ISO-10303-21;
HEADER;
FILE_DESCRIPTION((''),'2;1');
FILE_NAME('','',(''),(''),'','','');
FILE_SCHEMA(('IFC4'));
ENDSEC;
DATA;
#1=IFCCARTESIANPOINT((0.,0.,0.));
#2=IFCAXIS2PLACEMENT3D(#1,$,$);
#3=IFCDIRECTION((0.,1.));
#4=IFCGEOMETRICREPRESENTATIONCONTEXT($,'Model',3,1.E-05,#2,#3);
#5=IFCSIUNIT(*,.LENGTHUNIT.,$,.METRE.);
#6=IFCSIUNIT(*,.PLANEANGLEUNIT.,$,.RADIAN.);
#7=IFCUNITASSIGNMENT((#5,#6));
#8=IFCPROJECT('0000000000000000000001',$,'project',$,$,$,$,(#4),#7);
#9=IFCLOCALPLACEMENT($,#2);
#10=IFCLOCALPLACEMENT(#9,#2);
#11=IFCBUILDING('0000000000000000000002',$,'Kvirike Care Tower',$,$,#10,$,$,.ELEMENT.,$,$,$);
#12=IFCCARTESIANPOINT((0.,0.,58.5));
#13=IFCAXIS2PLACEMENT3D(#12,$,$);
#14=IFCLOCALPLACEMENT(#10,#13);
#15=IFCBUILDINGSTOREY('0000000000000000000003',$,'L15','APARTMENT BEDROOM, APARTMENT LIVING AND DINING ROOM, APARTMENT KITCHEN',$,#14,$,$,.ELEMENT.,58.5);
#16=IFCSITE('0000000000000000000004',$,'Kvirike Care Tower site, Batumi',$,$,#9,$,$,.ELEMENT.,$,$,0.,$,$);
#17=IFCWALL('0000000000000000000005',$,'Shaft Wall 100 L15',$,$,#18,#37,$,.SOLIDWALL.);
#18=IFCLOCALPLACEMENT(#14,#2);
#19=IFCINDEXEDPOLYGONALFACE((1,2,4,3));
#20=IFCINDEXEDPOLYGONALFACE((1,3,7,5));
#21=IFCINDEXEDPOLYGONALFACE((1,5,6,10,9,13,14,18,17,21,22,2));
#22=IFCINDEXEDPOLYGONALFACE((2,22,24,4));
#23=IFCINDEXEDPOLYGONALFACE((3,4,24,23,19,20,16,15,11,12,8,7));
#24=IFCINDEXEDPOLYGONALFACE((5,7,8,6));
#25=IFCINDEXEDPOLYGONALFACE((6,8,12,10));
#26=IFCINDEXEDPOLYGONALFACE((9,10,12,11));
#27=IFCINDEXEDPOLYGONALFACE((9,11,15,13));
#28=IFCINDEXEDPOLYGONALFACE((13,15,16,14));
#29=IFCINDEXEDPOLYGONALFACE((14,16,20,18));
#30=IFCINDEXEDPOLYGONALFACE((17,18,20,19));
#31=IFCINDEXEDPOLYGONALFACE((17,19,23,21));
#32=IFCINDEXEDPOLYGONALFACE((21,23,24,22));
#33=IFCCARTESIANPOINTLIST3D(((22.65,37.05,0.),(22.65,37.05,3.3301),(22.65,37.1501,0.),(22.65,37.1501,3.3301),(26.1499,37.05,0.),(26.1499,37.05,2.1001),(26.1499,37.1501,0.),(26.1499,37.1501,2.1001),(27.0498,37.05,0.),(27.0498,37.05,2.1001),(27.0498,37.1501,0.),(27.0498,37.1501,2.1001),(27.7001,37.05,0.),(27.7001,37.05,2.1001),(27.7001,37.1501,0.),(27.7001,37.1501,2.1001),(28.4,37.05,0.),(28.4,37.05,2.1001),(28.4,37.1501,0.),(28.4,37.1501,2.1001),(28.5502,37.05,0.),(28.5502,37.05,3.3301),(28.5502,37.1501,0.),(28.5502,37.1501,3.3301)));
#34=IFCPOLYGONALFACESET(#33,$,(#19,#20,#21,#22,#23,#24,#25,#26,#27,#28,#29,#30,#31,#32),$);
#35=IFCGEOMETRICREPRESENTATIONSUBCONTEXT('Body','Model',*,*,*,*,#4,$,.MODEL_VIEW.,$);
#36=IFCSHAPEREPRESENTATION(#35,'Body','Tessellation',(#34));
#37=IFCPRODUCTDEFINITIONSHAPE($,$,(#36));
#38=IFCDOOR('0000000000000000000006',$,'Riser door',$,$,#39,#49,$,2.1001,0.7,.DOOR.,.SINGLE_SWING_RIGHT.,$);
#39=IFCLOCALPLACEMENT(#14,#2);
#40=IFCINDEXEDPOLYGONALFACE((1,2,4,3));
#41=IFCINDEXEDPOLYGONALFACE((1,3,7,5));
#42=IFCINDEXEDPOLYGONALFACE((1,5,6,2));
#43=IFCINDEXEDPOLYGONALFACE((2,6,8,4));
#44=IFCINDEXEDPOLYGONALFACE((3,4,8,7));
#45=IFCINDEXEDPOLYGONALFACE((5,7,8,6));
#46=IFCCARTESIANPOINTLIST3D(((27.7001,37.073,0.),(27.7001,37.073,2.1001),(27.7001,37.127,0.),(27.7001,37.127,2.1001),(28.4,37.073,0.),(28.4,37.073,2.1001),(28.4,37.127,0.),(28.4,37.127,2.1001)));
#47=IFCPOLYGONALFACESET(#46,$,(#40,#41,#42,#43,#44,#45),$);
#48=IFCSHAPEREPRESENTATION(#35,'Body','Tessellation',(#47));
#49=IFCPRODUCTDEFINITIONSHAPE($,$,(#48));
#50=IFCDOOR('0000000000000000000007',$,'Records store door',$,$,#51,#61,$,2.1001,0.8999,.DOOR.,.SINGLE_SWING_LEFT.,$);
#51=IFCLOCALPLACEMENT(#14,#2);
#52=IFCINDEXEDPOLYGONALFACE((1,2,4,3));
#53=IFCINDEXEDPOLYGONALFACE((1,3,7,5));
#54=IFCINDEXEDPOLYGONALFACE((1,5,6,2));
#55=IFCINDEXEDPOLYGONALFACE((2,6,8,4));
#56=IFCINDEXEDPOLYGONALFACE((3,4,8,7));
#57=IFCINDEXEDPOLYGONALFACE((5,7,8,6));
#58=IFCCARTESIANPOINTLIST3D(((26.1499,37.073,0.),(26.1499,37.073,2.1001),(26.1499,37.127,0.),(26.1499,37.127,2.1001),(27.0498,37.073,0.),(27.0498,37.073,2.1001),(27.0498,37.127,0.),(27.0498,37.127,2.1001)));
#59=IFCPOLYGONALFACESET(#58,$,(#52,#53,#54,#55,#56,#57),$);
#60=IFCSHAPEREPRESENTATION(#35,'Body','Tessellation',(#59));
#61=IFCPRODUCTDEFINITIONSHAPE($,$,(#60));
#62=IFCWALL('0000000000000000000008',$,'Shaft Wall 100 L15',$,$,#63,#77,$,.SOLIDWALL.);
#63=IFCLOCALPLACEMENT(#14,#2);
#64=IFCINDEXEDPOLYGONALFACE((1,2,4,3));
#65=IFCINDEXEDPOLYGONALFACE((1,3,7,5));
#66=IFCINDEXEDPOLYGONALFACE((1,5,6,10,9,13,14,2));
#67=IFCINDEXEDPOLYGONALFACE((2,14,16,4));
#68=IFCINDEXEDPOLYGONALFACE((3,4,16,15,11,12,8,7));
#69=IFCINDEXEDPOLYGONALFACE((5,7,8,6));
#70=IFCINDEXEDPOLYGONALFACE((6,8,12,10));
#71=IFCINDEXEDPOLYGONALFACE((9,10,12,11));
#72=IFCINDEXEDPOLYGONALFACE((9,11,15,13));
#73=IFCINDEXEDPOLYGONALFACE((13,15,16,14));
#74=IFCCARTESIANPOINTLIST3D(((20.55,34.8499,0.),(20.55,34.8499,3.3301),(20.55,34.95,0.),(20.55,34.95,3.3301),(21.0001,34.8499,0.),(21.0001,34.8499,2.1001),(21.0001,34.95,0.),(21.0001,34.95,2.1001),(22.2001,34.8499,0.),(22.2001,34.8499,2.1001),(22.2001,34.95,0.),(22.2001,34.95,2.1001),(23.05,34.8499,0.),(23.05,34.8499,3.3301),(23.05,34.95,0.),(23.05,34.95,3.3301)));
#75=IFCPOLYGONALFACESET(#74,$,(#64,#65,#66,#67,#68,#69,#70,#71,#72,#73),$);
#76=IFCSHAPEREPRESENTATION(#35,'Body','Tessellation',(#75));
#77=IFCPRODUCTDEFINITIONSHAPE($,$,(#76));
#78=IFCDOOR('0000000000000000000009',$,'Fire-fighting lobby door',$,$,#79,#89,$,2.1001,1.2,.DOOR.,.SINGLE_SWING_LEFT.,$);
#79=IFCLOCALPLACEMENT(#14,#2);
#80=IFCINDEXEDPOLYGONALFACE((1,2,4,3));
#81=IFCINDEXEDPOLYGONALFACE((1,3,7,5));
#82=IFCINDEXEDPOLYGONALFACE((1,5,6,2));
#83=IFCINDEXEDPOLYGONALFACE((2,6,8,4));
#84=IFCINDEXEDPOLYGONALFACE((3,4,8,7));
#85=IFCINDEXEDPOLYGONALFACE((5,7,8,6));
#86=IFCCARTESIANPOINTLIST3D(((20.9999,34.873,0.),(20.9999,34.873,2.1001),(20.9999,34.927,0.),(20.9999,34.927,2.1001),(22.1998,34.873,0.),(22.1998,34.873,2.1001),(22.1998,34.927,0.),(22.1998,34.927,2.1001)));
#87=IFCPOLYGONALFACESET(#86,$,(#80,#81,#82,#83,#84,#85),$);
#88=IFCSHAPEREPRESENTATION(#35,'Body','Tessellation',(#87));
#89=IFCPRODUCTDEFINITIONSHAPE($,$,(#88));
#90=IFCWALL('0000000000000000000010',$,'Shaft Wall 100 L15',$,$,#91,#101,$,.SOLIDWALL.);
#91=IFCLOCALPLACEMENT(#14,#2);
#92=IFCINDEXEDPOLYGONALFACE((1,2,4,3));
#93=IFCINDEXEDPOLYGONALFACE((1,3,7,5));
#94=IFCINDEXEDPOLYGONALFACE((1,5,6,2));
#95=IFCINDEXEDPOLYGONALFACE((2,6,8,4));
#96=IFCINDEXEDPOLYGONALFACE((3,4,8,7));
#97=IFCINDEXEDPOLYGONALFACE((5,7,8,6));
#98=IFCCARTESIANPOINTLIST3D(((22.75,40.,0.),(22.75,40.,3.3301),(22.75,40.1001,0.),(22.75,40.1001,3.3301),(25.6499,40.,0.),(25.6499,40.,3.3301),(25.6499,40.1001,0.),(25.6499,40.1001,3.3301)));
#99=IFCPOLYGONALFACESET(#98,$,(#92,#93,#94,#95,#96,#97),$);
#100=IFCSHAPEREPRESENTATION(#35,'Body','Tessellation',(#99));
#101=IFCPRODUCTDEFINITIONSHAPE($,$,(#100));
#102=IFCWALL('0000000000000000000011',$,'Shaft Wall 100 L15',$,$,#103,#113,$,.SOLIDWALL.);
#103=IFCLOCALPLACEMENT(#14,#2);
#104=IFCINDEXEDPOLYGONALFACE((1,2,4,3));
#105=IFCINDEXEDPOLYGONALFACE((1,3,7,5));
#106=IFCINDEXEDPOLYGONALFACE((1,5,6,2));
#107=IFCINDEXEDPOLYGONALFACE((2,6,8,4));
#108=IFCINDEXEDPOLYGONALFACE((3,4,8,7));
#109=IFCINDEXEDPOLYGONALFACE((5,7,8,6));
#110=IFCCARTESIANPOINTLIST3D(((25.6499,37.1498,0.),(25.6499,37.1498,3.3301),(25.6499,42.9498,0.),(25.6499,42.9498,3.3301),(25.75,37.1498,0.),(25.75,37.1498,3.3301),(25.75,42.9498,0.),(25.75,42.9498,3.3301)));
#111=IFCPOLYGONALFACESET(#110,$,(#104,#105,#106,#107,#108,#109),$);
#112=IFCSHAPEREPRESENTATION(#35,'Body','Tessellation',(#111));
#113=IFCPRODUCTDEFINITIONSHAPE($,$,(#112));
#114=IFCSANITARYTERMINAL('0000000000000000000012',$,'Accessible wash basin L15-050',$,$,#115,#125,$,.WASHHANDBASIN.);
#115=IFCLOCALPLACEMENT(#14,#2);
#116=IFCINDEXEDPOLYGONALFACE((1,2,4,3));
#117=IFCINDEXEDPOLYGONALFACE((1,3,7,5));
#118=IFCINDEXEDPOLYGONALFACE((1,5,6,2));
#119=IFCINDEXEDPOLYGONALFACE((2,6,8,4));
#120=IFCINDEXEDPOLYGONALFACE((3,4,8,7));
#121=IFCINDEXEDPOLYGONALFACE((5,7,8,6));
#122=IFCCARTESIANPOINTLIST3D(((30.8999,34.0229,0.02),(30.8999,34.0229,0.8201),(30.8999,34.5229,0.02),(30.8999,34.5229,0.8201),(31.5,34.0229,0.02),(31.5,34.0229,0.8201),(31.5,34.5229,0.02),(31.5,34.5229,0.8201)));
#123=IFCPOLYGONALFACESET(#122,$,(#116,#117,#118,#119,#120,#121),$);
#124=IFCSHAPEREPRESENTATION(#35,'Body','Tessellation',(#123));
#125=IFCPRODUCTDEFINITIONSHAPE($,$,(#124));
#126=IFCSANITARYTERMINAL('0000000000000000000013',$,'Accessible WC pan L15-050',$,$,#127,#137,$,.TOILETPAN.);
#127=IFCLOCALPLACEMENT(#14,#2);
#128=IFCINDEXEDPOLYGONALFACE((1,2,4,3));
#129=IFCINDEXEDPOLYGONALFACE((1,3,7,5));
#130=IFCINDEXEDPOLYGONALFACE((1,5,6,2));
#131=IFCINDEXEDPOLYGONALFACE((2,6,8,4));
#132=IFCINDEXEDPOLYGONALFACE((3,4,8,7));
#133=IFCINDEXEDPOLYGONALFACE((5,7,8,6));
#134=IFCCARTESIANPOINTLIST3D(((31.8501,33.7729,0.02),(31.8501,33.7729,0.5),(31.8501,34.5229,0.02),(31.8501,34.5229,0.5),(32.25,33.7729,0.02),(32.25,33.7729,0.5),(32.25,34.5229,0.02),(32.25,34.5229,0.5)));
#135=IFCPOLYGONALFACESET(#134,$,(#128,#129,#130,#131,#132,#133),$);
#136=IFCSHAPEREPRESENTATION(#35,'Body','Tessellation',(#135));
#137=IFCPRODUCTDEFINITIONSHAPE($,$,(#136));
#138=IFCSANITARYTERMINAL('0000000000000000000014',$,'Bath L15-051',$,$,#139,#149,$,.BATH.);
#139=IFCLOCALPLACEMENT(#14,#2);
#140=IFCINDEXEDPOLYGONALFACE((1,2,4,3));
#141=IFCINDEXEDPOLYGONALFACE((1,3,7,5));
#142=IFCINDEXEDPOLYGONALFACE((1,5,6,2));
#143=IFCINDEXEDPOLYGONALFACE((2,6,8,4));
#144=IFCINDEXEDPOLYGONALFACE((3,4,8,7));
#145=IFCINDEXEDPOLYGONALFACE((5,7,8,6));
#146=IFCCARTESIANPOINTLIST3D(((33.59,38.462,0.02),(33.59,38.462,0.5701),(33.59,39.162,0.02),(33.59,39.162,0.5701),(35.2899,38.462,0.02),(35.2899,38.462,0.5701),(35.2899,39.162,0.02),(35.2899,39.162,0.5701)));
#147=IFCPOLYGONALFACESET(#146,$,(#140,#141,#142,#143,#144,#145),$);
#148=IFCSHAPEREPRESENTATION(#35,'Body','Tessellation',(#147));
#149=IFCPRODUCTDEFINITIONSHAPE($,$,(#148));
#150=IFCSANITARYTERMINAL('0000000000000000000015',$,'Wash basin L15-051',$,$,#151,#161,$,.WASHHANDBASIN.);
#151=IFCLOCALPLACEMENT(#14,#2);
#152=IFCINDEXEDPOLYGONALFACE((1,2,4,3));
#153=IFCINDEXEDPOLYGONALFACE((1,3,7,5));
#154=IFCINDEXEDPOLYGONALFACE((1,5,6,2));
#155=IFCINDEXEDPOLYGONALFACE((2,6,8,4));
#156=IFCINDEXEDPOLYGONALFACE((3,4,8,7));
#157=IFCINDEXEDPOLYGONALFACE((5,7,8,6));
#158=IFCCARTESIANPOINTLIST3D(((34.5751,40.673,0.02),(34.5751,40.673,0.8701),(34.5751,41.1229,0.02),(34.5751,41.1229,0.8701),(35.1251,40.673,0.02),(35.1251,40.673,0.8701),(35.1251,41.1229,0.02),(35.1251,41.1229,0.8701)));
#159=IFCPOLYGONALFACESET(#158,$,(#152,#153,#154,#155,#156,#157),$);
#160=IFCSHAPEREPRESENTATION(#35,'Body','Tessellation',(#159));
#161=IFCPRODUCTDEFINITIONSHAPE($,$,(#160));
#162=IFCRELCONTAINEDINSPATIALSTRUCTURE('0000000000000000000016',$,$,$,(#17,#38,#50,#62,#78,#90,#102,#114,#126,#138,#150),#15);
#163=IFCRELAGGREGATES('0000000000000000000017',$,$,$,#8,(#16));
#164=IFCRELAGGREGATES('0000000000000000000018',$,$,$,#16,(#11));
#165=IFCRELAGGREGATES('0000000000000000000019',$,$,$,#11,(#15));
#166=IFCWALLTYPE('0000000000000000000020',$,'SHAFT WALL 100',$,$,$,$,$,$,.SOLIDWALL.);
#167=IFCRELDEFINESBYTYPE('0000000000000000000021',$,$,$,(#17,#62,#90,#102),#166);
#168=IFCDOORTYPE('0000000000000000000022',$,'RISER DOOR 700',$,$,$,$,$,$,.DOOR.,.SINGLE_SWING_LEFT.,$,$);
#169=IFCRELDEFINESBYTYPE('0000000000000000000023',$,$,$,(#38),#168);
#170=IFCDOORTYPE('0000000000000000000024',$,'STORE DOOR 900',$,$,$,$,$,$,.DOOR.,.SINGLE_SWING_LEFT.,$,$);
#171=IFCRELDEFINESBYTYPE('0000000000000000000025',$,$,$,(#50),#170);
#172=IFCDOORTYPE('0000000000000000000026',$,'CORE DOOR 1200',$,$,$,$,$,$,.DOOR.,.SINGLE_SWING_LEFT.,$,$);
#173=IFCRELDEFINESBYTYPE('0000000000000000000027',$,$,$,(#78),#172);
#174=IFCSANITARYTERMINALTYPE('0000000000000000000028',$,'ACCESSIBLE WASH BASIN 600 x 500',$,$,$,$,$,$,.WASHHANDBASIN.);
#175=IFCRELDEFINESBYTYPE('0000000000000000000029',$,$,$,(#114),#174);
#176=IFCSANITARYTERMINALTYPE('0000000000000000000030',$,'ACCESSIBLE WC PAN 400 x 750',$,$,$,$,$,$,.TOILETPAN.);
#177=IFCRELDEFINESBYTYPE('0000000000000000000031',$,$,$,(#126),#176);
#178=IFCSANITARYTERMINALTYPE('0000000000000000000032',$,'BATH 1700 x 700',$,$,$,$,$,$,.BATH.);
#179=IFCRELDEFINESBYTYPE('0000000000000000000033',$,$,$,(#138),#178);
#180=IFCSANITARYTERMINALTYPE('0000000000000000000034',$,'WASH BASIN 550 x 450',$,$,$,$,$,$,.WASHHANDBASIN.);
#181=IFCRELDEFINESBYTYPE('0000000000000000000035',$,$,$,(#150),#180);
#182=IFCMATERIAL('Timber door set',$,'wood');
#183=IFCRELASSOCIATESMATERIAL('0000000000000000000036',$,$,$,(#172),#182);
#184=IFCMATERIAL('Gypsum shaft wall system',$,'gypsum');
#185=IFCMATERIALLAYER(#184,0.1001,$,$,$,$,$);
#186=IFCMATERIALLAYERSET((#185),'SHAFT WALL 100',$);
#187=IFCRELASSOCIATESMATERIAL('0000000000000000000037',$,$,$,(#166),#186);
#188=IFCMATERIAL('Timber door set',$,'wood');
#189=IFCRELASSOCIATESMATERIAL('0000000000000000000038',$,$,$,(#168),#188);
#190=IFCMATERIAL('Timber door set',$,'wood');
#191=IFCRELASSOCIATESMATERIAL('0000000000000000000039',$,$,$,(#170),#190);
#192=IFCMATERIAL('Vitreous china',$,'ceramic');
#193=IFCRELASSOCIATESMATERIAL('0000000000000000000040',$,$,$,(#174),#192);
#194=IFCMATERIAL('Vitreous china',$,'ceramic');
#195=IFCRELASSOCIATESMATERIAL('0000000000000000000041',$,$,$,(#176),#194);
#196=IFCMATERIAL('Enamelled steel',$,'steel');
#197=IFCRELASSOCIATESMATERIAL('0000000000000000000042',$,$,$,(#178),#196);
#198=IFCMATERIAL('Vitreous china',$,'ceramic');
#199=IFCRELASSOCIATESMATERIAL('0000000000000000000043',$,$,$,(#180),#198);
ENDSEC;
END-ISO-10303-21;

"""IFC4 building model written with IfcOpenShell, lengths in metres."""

from ifc_helpers import new_model, si_unit, direction, frame, frame_2d, origin, origin_2d, place, context, subcontext, project, spatial, rectangle, extrude, material, layer, layer_set, type_object, element, fill, save


model = new_model("IFC4")

# Units and contexts
model_context = context("Model", 3, precision=1e-05, world=origin(), true_north=direction((0.0, 1.0)))
body_context = subcontext(model_context, "Body", "Model", "MODEL_VIEW")
ifc_project = project(units=[si_unit("LENGTHUNIT", "METRE"), si_unit("PLANEANGLEUNIT", "RADIAN")], contexts=[model_context])

# Site, building, storey
site_placement = place(None, origin())
site = spatial("IfcSite", under=ifc_project, at=site_placement, Name="Kvirike Care Tower site, Batumi", CompositionType="ELEMENT", RefElevation=0.0)
building_placement = place(site_placement, origin())
building = spatial("IfcBuilding", under=site, at=building_placement, Name="Kvirike Care Tower", CompositionType="ELEMENT")
storey_placement = place(building_placement, frame((0.0, 0.0, 58.5)))
storey = spatial("IfcBuildingStorey", under=building, at=storey_placement, Name="L15", Description="APARTMENT BEDROOM, APARTMENT LIVING AND DINING ROOM, APARTMENT KITCHEN", CompositionType="ELEMENT", Elevation=58.5)

# Shared definitions
ifc_material_1 = material(Name="Timber door set", Category="wood")
door_type_1 = type_object("IfcDoorType", Name="CORE DOOR 1200", OperationType="SINGLE_SWING_LEFT", PredefinedType="DOOR", material=ifc_material_1)

# Shared definitions
ifc_material_2 = material(Name="Gypsum shaft wall system", Category="gypsum")
ifc_layer_1 = layer(ifc_material_2, 0.1001)
ifc_layer_set_1 = layer_set([ifc_layer_1], Name="SHAFT WALL 100")
wall_type_1 = type_object("IfcWallType", Name="SHAFT WALL 100", PredefinedType="SOLIDWALL", material=ifc_layer_set_1)

# Wall, openings, doors
wall_1_placement = place(storey_placement, frame((22.6499, 37.1001, 0.0), z_axis=(0.0, 0.0, 1.0), x_axis=(1.0, 0.0, 0.0)))
wall_1 = element("IfcWall", 1, at=wall_1_placement, inside=storey, type_object=wall_type_1, Name="Shaft Wall 100 L15", PredefinedType="SOLIDWALL", context=body_context, shape_type="SweptSolid", body=[
    extrude(rectangle(XDim=5.9001, YDim=0.1001, at=frame_2d((2.9502, 0.0))), origin(), (0.0, 0.0, 1.0), 3.3301),
])
opening_1_placement = place(wall_1_placement, frame((3.5, 0.0, 0.0)))
opening_1 = element("IfcOpeningElement", 2, at=opening_1_placement, cuts=wall_1, PredefinedType="OPENING", context=body_context, shape_type="SweptSolid", body=[
    extrude(rectangle(XDim=0.8999, YDim=2.1001, at=frame_2d((0.45, 1.05))), frame((0.0, 0.0605, 0.0), z_axis=(0.0, -1.0, 0.0), x_axis=(1.0, 0.0, 0.0)), (0.0, 0.0, 1.0), 0.1211),
])
opening_2_placement = place(wall_1_placement, frame((5.05, 0.0, 0.0)))
opening_2 = element("IfcOpeningElement", 3, at=opening_2_placement, cuts=wall_1, PredefinedType="OPENING", context=body_context, shape_type="SweptSolid", body=[
    extrude(rectangle(XDim=0.7, YDim=2.1001, at=frame_2d((0.3501, 1.05))), frame((0.0, 0.0605, 0.0), z_axis=(0.0, -1.0, 0.0), x_axis=(1.0, 0.0, 0.0)), (0.0, 0.0, 1.0), 0.1211),
])
ifc_material_3 = material(Name="Timber door set", Category="wood")
door_type_2 = type_object("IfcDoorType", Name="RISER DOOR 700", OperationType="SINGLE_SWING_LEFT", PredefinedType="DOOR", material=ifc_material_3)
door_1_placement = place(opening_2_placement, origin())
door_1 = element("IfcDoor", 4, at=door_1_placement, inside=storey, type_object=door_type_2, Name="Riser door", OperationType="SINGLE_SWING_RIGHT", OverallHeight=2.1001, OverallWidth=0.7, PredefinedType="DOOR", context=body_context, shape_type="SweptSolid", body=[
    extrude(rectangle(XDim=0.7, YDim=2.1001, at=frame_2d((0.3501, 1.05))), frame((0.0, 0.0269, 0.0), z_axis=(0.0, -1.0, 0.0), x_axis=(1.0, 0.0, 0.0)), (0.0, 0.0, 1.0), 0.054),
])
fill(opening_2, door_1)
ifc_material_4 = material(Name="Timber door set", Category="wood")
door_type_3 = type_object("IfcDoorType", Name="STORE DOOR 900", OperationType="SINGLE_SWING_LEFT", PredefinedType="DOOR", material=ifc_material_4)
door_2_placement = place(opening_1_placement, origin())
door_2 = element("IfcDoor", 5, at=door_2_placement, inside=storey, type_object=door_type_3, Name="Records store door", OperationType="SINGLE_SWING_LEFT", OverallHeight=2.1001, OverallWidth=0.8999, PredefinedType="DOOR", context=body_context, shape_type="SweptSolid", body=[
    extrude(rectangle(XDim=0.8999, YDim=2.1001, at=frame_2d((0.45, 1.05))), frame((0.0, 0.0269, 0.0), z_axis=(0.0, -1.0, 0.0), x_axis=(1.0, 0.0, 0.0)), (0.0, 0.0, 1.0), 0.054),
])
fill(opening_1, door_2)

# Wall, opening, door
wall_2_placement = place(storey_placement, frame((20.55, 34.8999, 0.0), z_axis=(0.0, 0.0, 1.0), x_axis=(1.0, 0.0, 0.0)))
wall_2 = element("IfcWall", 6, at=wall_2_placement, inside=storey, type_object=wall_type_1, Name="Shaft Wall 100 L15", PredefinedType="SOLIDWALL", context=body_context, shape_type="SweptSolid", body=[
    extrude(rectangle(XDim=2.5, YDim=0.1001, at=frame_2d((1.25, 0.0))), origin(), (0.0, 0.0, 1.0), 3.3301),
])
opening_3_placement = place(wall_2_placement, frame((0.45, 0.0, 0.0)))
opening_3 = element("IfcOpeningElement", 7, at=opening_3_placement, cuts=wall_2, PredefinedType="OPENING", context=body_context, shape_type="SweptSolid", body=[
    extrude(rectangle(XDim=1.2, YDim=2.1001, at=frame_2d((0.6001, 1.05))), frame((0.0, 0.0605, 0.0), z_axis=(0.0, -1.0, 0.0), x_axis=(1.0, 0.0, 0.0)), (0.0, 0.0, 1.0), 0.1211),
])
door_3_placement = place(opening_3_placement, frame((1.2, 0.0, 0.0), z_axis=(0.0, 0.0, 1.0), x_axis=(-1.0, 0.0, 0.0)))
door_3 = element("IfcDoor", 8, at=door_3_placement, inside=storey, type_object=door_type_1, Name="Fire-fighting lobby door", OperationType="SINGLE_SWING_LEFT", OverallHeight=2.1001, OverallWidth=1.2, PredefinedType="DOOR", context=body_context, shape_type="SweptSolid", body=[
    extrude(rectangle(XDim=1.2, YDim=2.1001, at=frame_2d((0.6001, 1.05))), frame((0.0, 0.0269, 0.0), z_axis=(0.0, -1.0, 0.0), x_axis=(1.0, 0.0, 0.0)), (0.0, 0.0, 1.0), 0.054),
])
fill(opening_3, door_3)

# Walls
wall_3_placement = place(storey_placement, frame((22.75, 40.05, 0.0), z_axis=(0.0, 0.0, 1.0), x_axis=(1.0, 0.0, 0.0)))
element("IfcWall", 9, at=wall_3_placement, inside=storey, type_object=wall_type_1, Name="Shaft Wall 100 L15", PredefinedType="SOLIDWALL", context=body_context, shape_type="SweptSolid", body=[
    extrude(rectangle(XDim=2.8999, YDim=0.1001, at=frame_2d((1.45, 0.0))), origin(), (0.0, 0.0, 1.0), 3.3301),
])
wall_4_placement = place(storey_placement, frame((25.7, 37.1499, 0.0), z_axis=(0.0, 0.0, 1.0), x_axis=(0.0, 1.0, 0.0)))
element("IfcWall", 10, at=wall_4_placement, inside=storey, type_object=wall_type_1, Name="Shaft Wall 100 L15", PredefinedType="SOLIDWALL", context=body_context, shape_type="SweptSolid", body=[
    extrude(rectangle(XDim=5.8, YDim=0.1001, at=frame_2d((2.8999, 0.0))), origin(), (0.0, 0.0, 1.0), 3.3301),
])

# Sanitary terminals
ifc_material_5 = material(Name="Vitreous china", Category="ceramic")
sanitary_terminal_type_1 = type_object("IfcSanitaryTerminalType", Name="ACCESSIBLE WASH BASIN 600 x 500", PredefinedType="WASHHANDBASIN", material=ifc_material_5)
sanitary_terminal_1_placement = place(storey_placement, frame((31.2, 34.2729, 0.02), z_axis=(0.0, 0.0, 1.0), x_axis=(1.0, 0.0, 0.0)))
element("IfcSanitaryTerminal", 11, at=sanitary_terminal_1_placement, inside=storey, type_object=sanitary_terminal_type_1, Name="Accessible wash basin L15-050", PredefinedType="WASHHANDBASIN", context=body_context, shape_type="SweptSolid", body=[
    extrude(rectangle(XDim=0.6001, YDim=0.5, at=origin_2d()), origin(), (0.0, 0.0, 1.0), 0.8),
])
ifc_material_6 = material(Name="Vitreous china", Category="ceramic")
sanitary_terminal_type_2 = type_object("IfcSanitaryTerminalType", Name="ACCESSIBLE WC PAN 400 x 750", PredefinedType="TOILETPAN", material=ifc_material_6)
sanitary_terminal_2_placement = place(storey_placement, frame((32.05, 34.1479, 0.02), z_axis=(0.0, 0.0, 1.0), x_axis=(1.0, 0.0, 0.0)))
element("IfcSanitaryTerminal", 12, at=sanitary_terminal_2_placement, inside=storey, type_object=sanitary_terminal_type_2, Name="Accessible WC pan L15-050", PredefinedType="TOILETPAN", context=body_context, shape_type="SweptSolid", body=[
    extrude(rectangle(XDim=0.3999, YDim=0.75, at=origin_2d()), origin(), (0.0, 0.0, 1.0), 0.48),
])
ifc_material_7 = material(Name="Enamelled steel", Category="steel")
sanitary_terminal_type_3 = type_object("IfcSanitaryTerminalType", Name="BATH 1700 x 700", PredefinedType="BATH", material=ifc_material_7)
sanitary_terminal_3_placement = place(storey_placement, frame((34.4399, 38.812, 0.02), z_axis=(0.0, 0.0, 1.0), x_axis=(-1.0, 0.0, 0.0)))
element("IfcSanitaryTerminal", 13, at=sanitary_terminal_3_placement, inside=storey, type_object=sanitary_terminal_type_3, Name="Bath L15-051", PredefinedType="BATH", context=body_context, shape_type="SweptSolid", body=[
    extrude(rectangle(XDim=1.7, YDim=0.7, at=origin_2d()), origin(), (0.0, 0.0, 1.0), 0.55),
])
ifc_material_8 = material(Name="Vitreous china", Category="ceramic")
sanitary_terminal_type_4 = type_object("IfcSanitaryTerminalType", Name="WASH BASIN 550 x 450", PredefinedType="WASHHANDBASIN", material=ifc_material_8)
sanitary_terminal_4_placement = place(storey_placement, frame((34.8501, 40.8979, 0.02), z_axis=(0.0, 0.0, 1.0), x_axis=(1.0, 0.0, 0.0)))
element("IfcSanitaryTerminal", 14, at=sanitary_terminal_4_placement, inside=storey, type_object=sanitary_terminal_type_4, Name="Wash basin L15-051", PredefinedType="WASHHANDBASIN", context=body_context, shape_type="SweptSolid", body=[
    extrude(rectangle(XDim=0.55, YDim=0.45, at=origin_2d()), origin(), (0.0, 0.0, 1.0), 0.8501),
])

save(model, "model.ifc")
